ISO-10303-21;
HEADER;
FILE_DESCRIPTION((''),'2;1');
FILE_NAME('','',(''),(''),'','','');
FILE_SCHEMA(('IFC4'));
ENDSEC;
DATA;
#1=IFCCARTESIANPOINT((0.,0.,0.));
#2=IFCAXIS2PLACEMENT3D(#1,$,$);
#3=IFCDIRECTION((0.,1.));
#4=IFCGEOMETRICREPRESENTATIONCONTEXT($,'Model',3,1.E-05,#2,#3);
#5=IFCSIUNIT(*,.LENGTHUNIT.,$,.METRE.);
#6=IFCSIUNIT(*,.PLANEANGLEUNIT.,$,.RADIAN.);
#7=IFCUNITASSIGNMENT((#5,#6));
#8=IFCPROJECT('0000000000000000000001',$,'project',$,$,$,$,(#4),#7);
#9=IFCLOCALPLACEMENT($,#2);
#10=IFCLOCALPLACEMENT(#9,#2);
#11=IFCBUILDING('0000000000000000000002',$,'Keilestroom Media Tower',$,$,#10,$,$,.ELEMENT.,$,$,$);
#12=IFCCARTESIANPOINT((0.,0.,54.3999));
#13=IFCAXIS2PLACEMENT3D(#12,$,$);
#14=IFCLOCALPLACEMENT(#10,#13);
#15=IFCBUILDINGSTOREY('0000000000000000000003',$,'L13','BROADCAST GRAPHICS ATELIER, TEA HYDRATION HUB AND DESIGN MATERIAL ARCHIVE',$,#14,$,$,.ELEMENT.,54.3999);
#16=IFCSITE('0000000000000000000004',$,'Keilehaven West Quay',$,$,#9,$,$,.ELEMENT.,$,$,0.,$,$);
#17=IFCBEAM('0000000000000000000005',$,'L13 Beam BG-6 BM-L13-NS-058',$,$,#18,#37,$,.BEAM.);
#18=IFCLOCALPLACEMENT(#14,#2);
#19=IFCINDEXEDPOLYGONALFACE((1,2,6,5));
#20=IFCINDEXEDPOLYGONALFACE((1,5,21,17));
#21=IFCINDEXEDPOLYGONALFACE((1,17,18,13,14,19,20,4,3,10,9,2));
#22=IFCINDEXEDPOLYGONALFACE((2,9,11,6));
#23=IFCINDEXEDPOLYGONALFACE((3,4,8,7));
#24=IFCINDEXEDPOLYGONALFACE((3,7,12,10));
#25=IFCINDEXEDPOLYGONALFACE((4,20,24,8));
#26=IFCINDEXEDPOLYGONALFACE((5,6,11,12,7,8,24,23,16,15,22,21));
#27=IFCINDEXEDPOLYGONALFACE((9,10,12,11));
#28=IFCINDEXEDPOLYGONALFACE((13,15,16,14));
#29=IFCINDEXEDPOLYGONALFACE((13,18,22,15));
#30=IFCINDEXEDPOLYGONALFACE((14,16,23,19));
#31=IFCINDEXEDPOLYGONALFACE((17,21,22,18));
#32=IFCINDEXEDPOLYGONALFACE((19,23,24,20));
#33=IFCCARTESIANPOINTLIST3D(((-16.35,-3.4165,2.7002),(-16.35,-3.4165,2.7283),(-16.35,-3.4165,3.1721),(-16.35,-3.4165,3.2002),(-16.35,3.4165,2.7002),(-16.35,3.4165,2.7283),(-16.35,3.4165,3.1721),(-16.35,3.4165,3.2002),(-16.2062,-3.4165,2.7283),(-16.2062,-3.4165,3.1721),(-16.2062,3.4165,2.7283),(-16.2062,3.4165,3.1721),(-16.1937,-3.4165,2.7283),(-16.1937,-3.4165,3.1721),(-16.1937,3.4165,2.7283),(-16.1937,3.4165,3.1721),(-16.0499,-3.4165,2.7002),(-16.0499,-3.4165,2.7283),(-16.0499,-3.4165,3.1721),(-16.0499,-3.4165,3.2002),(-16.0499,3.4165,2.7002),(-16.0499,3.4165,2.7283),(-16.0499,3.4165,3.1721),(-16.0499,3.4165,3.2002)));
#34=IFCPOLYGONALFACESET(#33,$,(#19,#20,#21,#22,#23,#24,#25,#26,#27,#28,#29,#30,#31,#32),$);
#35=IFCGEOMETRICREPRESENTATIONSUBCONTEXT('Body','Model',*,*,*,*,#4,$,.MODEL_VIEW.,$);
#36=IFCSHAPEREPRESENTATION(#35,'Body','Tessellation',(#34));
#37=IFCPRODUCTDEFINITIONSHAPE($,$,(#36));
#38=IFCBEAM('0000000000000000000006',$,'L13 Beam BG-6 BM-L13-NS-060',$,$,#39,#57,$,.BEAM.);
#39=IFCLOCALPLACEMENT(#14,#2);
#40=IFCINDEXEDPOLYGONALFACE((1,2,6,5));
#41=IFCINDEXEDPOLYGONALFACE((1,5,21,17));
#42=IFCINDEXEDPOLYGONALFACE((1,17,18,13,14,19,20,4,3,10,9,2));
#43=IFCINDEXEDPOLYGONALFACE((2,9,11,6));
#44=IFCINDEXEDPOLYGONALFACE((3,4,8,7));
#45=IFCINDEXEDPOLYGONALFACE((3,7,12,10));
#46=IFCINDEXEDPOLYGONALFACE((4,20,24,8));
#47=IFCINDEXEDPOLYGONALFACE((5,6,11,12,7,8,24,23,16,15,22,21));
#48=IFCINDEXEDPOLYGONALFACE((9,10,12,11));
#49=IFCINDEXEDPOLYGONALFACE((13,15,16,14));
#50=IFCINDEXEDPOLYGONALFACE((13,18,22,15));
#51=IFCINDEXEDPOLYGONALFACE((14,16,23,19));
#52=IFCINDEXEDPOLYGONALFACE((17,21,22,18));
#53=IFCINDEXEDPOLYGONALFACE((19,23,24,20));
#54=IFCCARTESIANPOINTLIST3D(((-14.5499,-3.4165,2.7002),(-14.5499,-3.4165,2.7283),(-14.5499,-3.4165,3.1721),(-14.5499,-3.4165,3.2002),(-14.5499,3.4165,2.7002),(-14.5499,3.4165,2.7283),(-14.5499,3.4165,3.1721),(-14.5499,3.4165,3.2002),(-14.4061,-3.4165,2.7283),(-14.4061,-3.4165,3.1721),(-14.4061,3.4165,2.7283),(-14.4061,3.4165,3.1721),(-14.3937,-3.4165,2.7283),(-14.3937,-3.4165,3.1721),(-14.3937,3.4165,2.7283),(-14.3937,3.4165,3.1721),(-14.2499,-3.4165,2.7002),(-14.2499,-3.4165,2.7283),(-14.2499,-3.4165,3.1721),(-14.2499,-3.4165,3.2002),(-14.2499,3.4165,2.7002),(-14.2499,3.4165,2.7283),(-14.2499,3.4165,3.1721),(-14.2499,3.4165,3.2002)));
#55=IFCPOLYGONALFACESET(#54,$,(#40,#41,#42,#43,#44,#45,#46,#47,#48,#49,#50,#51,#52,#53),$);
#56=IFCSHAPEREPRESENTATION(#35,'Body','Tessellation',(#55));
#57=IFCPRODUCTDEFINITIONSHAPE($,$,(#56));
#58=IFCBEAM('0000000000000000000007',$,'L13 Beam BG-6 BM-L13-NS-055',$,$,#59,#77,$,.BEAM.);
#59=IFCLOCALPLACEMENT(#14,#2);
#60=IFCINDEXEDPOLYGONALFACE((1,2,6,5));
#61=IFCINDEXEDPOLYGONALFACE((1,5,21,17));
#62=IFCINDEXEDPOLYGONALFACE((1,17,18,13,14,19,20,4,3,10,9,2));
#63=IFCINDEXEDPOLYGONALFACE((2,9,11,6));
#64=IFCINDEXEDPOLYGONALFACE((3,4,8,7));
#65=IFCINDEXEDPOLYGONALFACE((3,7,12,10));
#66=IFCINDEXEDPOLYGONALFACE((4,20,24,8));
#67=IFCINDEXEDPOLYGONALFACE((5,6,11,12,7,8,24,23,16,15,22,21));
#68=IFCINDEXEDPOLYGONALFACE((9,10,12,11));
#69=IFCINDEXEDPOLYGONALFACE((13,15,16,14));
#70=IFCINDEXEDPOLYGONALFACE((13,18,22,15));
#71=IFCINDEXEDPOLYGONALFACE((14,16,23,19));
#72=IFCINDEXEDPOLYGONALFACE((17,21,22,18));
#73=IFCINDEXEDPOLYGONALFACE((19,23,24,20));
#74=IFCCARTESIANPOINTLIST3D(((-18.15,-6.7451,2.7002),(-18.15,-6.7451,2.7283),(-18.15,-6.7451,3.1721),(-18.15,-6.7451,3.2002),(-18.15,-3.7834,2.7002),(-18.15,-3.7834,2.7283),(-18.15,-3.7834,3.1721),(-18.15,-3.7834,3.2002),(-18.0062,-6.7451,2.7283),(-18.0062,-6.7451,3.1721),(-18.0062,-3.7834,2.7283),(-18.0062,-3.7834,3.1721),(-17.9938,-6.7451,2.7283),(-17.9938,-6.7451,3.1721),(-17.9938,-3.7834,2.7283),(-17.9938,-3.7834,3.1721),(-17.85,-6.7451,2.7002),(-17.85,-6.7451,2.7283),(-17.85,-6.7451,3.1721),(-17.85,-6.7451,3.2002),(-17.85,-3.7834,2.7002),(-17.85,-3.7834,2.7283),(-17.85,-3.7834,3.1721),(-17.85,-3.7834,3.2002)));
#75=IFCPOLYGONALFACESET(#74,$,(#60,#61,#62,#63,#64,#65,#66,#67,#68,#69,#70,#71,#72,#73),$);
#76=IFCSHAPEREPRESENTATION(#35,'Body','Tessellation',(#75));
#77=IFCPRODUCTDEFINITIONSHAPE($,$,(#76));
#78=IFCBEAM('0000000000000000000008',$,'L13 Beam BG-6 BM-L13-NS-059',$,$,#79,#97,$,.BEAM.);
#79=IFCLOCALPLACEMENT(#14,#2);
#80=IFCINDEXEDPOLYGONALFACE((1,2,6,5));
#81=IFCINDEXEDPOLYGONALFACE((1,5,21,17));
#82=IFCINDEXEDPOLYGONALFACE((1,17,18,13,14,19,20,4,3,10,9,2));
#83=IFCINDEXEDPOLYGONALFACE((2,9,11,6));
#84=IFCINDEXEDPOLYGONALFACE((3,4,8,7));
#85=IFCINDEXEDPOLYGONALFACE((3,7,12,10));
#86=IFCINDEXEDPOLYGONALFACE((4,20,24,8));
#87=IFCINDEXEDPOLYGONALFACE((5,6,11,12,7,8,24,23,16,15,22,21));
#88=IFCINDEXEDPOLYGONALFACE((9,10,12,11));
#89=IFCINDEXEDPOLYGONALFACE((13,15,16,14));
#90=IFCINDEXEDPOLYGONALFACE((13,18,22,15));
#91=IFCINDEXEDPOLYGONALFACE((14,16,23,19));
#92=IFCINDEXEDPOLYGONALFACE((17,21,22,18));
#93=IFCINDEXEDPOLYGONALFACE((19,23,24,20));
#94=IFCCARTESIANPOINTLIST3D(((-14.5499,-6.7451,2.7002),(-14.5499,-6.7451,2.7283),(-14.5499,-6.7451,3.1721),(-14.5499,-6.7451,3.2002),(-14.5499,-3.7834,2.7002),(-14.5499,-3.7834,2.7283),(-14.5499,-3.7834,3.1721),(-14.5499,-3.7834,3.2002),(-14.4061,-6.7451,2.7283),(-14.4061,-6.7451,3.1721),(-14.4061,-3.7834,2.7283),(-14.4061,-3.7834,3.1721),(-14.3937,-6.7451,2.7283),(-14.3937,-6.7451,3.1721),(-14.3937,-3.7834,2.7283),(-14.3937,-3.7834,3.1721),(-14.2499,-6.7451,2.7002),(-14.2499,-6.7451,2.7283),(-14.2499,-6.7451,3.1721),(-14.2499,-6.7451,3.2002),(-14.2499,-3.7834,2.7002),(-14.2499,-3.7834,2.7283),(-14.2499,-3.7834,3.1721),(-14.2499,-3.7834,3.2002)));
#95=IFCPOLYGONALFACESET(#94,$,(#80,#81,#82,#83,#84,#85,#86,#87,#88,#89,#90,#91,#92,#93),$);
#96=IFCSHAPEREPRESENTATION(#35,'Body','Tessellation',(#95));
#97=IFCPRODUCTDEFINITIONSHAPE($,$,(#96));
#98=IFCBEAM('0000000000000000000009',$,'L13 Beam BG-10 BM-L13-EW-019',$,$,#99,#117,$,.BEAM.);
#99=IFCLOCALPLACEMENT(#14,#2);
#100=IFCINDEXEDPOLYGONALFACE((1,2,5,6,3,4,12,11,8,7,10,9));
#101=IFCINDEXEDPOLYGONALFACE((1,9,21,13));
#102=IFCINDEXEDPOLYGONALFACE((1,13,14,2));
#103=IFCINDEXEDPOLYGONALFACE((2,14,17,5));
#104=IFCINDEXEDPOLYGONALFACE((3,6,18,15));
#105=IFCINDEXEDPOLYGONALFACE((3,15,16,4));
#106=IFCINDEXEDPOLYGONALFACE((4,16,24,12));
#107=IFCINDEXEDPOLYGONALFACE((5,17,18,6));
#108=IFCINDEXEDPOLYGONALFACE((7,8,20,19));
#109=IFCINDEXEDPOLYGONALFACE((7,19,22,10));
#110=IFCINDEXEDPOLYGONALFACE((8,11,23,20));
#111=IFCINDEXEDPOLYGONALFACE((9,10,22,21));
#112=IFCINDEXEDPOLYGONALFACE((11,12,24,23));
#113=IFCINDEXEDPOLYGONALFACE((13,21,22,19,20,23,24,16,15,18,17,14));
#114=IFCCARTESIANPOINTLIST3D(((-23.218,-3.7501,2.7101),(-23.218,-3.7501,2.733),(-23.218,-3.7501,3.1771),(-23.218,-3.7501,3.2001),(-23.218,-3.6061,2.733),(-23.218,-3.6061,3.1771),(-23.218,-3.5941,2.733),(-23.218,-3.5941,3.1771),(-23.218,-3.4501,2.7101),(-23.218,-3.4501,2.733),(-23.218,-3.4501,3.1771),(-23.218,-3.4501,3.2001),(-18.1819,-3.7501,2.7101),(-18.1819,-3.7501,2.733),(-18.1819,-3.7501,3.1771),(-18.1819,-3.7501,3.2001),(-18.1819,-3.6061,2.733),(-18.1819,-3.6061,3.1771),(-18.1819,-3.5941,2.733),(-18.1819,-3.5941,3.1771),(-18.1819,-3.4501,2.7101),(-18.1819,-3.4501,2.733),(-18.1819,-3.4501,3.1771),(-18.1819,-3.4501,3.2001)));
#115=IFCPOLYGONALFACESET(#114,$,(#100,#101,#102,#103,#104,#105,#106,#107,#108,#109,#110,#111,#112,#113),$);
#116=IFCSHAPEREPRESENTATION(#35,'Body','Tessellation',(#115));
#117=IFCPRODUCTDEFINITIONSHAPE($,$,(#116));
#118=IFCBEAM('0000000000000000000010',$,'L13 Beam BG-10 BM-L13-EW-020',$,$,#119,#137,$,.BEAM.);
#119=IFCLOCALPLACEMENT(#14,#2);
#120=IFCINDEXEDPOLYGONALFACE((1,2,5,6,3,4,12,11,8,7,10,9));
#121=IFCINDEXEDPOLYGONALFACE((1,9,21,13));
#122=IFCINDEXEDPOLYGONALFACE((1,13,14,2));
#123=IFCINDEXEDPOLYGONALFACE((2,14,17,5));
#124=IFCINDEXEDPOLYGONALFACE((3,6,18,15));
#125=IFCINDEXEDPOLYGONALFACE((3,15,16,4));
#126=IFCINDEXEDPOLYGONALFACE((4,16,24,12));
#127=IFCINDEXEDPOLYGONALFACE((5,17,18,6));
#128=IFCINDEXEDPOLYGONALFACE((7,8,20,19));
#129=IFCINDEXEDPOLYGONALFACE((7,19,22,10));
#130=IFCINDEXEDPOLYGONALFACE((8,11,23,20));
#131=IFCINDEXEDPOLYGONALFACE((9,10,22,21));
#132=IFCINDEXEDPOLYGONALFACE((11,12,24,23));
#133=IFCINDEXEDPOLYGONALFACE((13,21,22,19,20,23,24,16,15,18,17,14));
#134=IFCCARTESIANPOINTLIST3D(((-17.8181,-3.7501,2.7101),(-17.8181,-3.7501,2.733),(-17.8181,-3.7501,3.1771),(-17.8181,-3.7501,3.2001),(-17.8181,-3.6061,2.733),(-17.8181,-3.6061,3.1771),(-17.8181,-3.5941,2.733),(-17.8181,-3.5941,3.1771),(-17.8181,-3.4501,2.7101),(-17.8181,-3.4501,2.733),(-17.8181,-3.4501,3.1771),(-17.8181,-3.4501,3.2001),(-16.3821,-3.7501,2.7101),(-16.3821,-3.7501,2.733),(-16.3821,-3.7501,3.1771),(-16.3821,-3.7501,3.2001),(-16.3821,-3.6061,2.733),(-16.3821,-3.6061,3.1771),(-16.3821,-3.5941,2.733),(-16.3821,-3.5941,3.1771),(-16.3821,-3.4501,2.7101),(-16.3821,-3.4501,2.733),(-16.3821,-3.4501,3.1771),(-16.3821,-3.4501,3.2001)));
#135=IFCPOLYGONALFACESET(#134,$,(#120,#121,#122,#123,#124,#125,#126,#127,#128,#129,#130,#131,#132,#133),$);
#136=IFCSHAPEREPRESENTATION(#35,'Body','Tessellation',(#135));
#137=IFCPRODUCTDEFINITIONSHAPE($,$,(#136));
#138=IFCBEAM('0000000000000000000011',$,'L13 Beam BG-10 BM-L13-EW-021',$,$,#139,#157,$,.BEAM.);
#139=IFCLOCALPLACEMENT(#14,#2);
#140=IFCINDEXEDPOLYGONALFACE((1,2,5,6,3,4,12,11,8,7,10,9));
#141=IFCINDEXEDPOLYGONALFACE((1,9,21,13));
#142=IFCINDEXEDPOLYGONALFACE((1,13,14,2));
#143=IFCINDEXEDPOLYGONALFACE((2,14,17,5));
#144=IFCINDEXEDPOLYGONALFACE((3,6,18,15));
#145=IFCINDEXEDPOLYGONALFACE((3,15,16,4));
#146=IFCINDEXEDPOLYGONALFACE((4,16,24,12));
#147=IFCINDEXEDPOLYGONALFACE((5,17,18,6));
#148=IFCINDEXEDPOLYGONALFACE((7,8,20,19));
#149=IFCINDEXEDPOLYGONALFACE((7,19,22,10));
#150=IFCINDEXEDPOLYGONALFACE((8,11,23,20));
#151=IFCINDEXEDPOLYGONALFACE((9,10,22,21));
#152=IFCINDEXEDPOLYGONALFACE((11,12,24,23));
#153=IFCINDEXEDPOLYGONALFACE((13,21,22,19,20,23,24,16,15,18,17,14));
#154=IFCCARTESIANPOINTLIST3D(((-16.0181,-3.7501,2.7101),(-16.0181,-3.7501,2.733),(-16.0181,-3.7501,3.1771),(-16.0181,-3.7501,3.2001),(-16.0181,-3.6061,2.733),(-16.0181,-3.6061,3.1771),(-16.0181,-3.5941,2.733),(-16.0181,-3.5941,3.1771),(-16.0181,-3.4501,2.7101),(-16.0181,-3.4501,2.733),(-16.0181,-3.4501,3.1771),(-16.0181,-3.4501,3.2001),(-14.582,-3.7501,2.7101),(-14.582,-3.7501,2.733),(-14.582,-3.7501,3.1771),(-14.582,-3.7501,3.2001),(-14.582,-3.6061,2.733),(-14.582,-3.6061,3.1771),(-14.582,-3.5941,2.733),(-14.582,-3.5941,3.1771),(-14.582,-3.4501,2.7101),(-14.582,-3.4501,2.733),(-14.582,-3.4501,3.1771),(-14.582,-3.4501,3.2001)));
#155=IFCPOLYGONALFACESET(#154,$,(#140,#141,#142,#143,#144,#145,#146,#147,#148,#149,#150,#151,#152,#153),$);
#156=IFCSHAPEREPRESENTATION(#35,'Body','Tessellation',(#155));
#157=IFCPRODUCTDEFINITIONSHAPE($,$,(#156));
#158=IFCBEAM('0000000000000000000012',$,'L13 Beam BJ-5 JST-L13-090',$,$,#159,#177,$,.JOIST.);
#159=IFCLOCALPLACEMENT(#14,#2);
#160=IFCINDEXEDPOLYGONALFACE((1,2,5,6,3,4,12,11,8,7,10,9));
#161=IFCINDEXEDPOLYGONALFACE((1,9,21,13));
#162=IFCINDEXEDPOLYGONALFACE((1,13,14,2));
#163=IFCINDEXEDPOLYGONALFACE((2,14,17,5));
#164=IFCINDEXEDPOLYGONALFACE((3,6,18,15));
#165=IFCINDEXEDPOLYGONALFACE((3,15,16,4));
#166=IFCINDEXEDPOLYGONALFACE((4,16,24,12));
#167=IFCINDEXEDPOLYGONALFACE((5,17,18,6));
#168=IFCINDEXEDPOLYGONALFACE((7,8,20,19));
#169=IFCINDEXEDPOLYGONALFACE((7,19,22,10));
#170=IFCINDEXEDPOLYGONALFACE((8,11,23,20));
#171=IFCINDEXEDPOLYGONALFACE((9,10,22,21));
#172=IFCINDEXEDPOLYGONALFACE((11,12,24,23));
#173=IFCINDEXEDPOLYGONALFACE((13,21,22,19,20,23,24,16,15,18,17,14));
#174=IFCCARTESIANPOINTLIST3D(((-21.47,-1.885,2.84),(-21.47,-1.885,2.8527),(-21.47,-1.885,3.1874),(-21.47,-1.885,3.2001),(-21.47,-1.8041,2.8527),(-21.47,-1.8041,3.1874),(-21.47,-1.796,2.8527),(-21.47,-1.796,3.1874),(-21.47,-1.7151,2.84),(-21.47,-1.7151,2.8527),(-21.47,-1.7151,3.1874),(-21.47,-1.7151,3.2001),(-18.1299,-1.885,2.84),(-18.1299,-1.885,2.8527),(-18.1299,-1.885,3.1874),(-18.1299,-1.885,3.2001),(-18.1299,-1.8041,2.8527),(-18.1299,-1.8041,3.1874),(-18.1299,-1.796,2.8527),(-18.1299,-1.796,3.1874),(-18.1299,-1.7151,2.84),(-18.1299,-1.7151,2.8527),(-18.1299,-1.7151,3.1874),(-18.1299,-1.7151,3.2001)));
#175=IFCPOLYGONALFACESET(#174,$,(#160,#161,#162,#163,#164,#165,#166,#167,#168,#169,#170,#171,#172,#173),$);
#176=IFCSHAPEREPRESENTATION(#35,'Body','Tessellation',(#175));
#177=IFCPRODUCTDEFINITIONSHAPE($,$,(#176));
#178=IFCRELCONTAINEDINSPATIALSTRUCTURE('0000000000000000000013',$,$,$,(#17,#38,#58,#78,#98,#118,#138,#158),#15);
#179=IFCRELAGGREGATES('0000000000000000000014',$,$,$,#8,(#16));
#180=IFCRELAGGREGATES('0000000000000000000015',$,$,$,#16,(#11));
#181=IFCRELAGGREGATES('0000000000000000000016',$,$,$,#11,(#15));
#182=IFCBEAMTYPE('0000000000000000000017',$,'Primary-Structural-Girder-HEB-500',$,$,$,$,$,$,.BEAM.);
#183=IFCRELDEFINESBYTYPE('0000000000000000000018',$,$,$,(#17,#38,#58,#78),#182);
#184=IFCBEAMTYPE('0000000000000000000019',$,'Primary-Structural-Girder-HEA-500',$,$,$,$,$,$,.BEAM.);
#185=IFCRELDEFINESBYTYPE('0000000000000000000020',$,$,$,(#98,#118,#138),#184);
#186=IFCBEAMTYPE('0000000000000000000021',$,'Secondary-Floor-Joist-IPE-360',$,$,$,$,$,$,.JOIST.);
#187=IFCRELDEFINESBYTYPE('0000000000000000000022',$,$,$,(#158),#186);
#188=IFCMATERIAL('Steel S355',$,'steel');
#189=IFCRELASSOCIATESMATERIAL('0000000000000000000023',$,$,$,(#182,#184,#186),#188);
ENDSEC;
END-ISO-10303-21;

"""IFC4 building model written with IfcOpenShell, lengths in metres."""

from ifc_helpers import new_model, si_unit, direction, frame, origin, origin_2d, place, context, subcontext, project, spatial, i_section, extrude, source, transform, mapped, material, material_profile, profile_set, type_object, element, save


model = new_model("IFC4")

# Units and contexts
model_context = context("Model", 3, precision=1e-05, world=origin(), true_north=direction((0.0, 1.0)))
body_context = subcontext(model_context, "Body", "Model", "MODEL_VIEW")
ifc_project = project(units=[si_unit("LENGTHUNIT", "METRE"), si_unit("PLANEANGLEUNIT", "RADIAN")], contexts=[model_context])

# Site, building, storey
site_placement = place(None, origin())
site = spatial("IfcSite", under=ifc_project, at=site_placement, Name="Keilehaven West Quay", CompositionType="ELEMENT", RefElevation=0.0)
building_placement = place(site_placement, origin())
building = spatial("IfcBuilding", under=site, at=building_placement, Name="Keilestroom Media Tower", CompositionType="ELEMENT")
storey_placement = place(building_placement, frame((0.0, 0.0, 54.3999)))
storey = spatial("IfcBuildingStorey", under=building, at=storey_placement, Name="L13", Description="BROADCAST GRAPHICS ATELIER, TEA HYDRATION HUB AND DESIGN MATERIAL ARCHIVE", CompositionType="ELEMENT", Elevation=54.3999)

# Beams
ifc_material_1 = material(Name="Steel S355", Category="steel")
ifc_material_profile_1 = material_profile(ifc_material_1, i_section(OverallWidth=0.3, OverallDepth=0.5, WebThickness=0.0125, FlangeThickness=0.0281, at=origin_2d()), Name="HEB 500")
ifc_profile_set_1 = profile_set([ifc_material_profile_1], Name="Steel S355")
beam_type_1 = type_object("IfcBeamType", Name="Primary-Structural-Girder-HEB-500", PredefinedType="BEAM", material=ifc_profile_set_1)
shared_shape_1 = source(origin(), body_context, "Body", "SweptSolid", [
    extrude(i_section(OverallWidth=0.3, OverallDepth=0.5, WebThickness=0.0125, FlangeThickness=0.0281, at=origin_2d()), origin(), (0.0, 0.0, 1.0), 6.833),
])
for number, where, z_axis, x_axis, name in (
    (1, (-16.2, -3.4165, 2.9502), (0.0, 1.0, 0.0), (-1.0, 0.0, 0.0), "L13 Beam BG-6 BM-L13-NS-058"),
    (2, (-14.3999, -3.4165, 2.9502), (0.0, 1.0, 0.0), (-1.0, 0.0, 0.0), "L13 Beam BG-6 BM-L13-NS-060"),
):
    element("IfcBeam", number, at=place(storey_placement, frame(where, z_axis=z_axis, x_axis=x_axis)), inside=storey, type_object=beam_type_1, Name=name, PredefinedType="BEAM", context=body_context, shape_type="MappedRepresentation", body=[
        mapped(shared_shape_1, transform((0.0, 0.0, 0.0), x_axis=(1.0, 0.0, 0.0), y_axis=(0.0, 1.0, 0.0), z_axis=(0.0, 0.0, 1.0), scale=1.0)),
    ])
shared_shape_2 = source(origin(), body_context, "Body", "SweptSolid", [
    extrude(i_section(OverallWidth=0.3, OverallDepth=0.5, WebThickness=0.0125, FlangeThickness=0.0281, at=origin_2d()), origin(), (0.0, 0.0, 1.0), 2.9617),
])
for number, where, z_axis, x_axis, name in (
    (3, (-18.0, -6.7451, 2.9502), (0.0, 1.0, 0.0), (-1.0, 0.0, 0.0), "L13 Beam BG-6 BM-L13-NS-055"),
    (4, (-14.3999, -6.7451, 2.9502), (0.0, 1.0, 0.0), (-1.0, 0.0, 0.0), "L13 Beam BG-6 BM-L13-NS-059"),
):
    element("IfcBeam", number, at=place(storey_placement, frame(where, z_axis=z_axis, x_axis=x_axis)), inside=storey, type_object=beam_type_1, Name=name, PredefinedType="BEAM", context=body_context, shape_type="MappedRepresentation", body=[
        mapped(shared_shape_2, transform((0.0, 0.0, 0.0), x_axis=(1.0, 0.0, 0.0), y_axis=(0.0, 1.0, 0.0), z_axis=(0.0, 0.0, 1.0), scale=1.0)),
    ])
ifc_material_profile_2 = material_profile(ifc_material_1, i_section(OverallWidth=0.3, OverallDepth=0.49, WebThickness=0.012, FlangeThickness=0.0229, at=origin_2d()), Name="HEA 500")
ifc_profile_set_2 = profile_set([ifc_material_profile_2], Name="Steel S355")
beam_type_2 = type_object("IfcBeamType", Name="Primary-Structural-Girder-HEA-500", PredefinedType="BEAM", material=ifc_profile_set_2)
shared_shape_3 = source(origin(), body_context, "Body", "SweptSolid", [
    extrude(i_section(OverallWidth=0.3, OverallDepth=0.49, WebThickness=0.012, FlangeThickness=0.0229, at=origin_2d()), origin(), (0.0, 0.0, 1.0), 5.0361),
])
beam_1_placement = place(storey_placement, frame((-23.218, -3.6001, 2.9551), z_axis=(1.0, 0.0, 0.0), x_axis=(0.0, 1.0, 0.0)))
element("IfcBeam", 5, at=beam_1_placement, inside=storey, type_object=beam_type_2, Name="L13 Beam BG-10 BM-L13-EW-019", PredefinedType="BEAM", context=body_context, shape_type="MappedRepresentation", body=[
    mapped(shared_shape_3, transform((0.0, 0.0, 0.0), x_axis=(1.0, 0.0, 0.0), y_axis=(0.0, 1.0, 0.0), z_axis=(0.0, 0.0, 1.0), scale=1.0)),
])
shared_shape_4 = source(origin(), body_context, "Body", "SweptSolid", [
    extrude(i_section(OverallWidth=0.3, OverallDepth=0.49, WebThickness=0.012, FlangeThickness=0.0229, at=origin_2d()), origin(), (0.0, 0.0, 1.0), 1.436),
])
for number, where, z_axis, x_axis, name in (
    (6, (-17.8181, -3.6001, 2.9551), (1.0, 0.0, 0.0), (0.0, 1.0, 0.0), "L13 Beam BG-10 BM-L13-EW-020"),
    (7, (-16.0181, -3.6001, 2.9551), (1.0, 0.0, 0.0), (0.0, 1.0, 0.0), "L13 Beam BG-10 BM-L13-EW-021"),
):
    element("IfcBeam", number, at=place(storey_placement, frame(where, z_axis=z_axis, x_axis=x_axis)), inside=storey, type_object=beam_type_2, Name=name, PredefinedType="BEAM", context=body_context, shape_type="MappedRepresentation", body=[
        mapped(shared_shape_4, transform((0.0, 0.0, 0.0), x_axis=(1.0, 0.0, 0.0), y_axis=(0.0, 1.0, 0.0), z_axis=(0.0, 0.0, 1.0), scale=1.0)),
    ])
ifc_material_profile_3 = material_profile(ifc_material_1, i_section(OverallWidth=0.1699, OverallDepth=0.3601, WebThickness=0.0081, FlangeThickness=0.0127, at=origin_2d()), Name="IPE 360")
ifc_profile_set_3 = profile_set([ifc_material_profile_3], Name="Steel S355")
beam_type_3 = type_object("IfcBeamType", Name="Secondary-Floor-Joist-IPE-360", PredefinedType="JOIST", material=ifc_profile_set_3)
shared_shape_5 = source(origin(), body_context, "Body", "SweptSolid", [
    extrude(i_section(OverallWidth=0.1699, OverallDepth=0.3601, WebThickness=0.0081, FlangeThickness=0.0127, at=origin_2d()), origin(), (0.0, 0.0, 1.0), 3.3401),
])
beam_2_placement = place(storey_placement, frame((-21.47, -1.8, 3.02), z_axis=(1.0, 0.0, 0.0), x_axis=(0.0, 1.0, 0.0)))
element("IfcBeam", 8, at=beam_2_placement, inside=storey, type_object=beam_type_3, Name="L13 Beam BJ-5 JST-L13-090", PredefinedType="JOIST", context=body_context, shape_type="MappedRepresentation", body=[
    mapped(shared_shape_5, transform((0.0, 0.0, 0.0), x_axis=(1.0, 0.0, 0.0), y_axis=(0.0, 1.0, 0.0), z_axis=(0.0, 0.0, 1.0), scale=1.0)),
])

save(model, "model.ifc")
